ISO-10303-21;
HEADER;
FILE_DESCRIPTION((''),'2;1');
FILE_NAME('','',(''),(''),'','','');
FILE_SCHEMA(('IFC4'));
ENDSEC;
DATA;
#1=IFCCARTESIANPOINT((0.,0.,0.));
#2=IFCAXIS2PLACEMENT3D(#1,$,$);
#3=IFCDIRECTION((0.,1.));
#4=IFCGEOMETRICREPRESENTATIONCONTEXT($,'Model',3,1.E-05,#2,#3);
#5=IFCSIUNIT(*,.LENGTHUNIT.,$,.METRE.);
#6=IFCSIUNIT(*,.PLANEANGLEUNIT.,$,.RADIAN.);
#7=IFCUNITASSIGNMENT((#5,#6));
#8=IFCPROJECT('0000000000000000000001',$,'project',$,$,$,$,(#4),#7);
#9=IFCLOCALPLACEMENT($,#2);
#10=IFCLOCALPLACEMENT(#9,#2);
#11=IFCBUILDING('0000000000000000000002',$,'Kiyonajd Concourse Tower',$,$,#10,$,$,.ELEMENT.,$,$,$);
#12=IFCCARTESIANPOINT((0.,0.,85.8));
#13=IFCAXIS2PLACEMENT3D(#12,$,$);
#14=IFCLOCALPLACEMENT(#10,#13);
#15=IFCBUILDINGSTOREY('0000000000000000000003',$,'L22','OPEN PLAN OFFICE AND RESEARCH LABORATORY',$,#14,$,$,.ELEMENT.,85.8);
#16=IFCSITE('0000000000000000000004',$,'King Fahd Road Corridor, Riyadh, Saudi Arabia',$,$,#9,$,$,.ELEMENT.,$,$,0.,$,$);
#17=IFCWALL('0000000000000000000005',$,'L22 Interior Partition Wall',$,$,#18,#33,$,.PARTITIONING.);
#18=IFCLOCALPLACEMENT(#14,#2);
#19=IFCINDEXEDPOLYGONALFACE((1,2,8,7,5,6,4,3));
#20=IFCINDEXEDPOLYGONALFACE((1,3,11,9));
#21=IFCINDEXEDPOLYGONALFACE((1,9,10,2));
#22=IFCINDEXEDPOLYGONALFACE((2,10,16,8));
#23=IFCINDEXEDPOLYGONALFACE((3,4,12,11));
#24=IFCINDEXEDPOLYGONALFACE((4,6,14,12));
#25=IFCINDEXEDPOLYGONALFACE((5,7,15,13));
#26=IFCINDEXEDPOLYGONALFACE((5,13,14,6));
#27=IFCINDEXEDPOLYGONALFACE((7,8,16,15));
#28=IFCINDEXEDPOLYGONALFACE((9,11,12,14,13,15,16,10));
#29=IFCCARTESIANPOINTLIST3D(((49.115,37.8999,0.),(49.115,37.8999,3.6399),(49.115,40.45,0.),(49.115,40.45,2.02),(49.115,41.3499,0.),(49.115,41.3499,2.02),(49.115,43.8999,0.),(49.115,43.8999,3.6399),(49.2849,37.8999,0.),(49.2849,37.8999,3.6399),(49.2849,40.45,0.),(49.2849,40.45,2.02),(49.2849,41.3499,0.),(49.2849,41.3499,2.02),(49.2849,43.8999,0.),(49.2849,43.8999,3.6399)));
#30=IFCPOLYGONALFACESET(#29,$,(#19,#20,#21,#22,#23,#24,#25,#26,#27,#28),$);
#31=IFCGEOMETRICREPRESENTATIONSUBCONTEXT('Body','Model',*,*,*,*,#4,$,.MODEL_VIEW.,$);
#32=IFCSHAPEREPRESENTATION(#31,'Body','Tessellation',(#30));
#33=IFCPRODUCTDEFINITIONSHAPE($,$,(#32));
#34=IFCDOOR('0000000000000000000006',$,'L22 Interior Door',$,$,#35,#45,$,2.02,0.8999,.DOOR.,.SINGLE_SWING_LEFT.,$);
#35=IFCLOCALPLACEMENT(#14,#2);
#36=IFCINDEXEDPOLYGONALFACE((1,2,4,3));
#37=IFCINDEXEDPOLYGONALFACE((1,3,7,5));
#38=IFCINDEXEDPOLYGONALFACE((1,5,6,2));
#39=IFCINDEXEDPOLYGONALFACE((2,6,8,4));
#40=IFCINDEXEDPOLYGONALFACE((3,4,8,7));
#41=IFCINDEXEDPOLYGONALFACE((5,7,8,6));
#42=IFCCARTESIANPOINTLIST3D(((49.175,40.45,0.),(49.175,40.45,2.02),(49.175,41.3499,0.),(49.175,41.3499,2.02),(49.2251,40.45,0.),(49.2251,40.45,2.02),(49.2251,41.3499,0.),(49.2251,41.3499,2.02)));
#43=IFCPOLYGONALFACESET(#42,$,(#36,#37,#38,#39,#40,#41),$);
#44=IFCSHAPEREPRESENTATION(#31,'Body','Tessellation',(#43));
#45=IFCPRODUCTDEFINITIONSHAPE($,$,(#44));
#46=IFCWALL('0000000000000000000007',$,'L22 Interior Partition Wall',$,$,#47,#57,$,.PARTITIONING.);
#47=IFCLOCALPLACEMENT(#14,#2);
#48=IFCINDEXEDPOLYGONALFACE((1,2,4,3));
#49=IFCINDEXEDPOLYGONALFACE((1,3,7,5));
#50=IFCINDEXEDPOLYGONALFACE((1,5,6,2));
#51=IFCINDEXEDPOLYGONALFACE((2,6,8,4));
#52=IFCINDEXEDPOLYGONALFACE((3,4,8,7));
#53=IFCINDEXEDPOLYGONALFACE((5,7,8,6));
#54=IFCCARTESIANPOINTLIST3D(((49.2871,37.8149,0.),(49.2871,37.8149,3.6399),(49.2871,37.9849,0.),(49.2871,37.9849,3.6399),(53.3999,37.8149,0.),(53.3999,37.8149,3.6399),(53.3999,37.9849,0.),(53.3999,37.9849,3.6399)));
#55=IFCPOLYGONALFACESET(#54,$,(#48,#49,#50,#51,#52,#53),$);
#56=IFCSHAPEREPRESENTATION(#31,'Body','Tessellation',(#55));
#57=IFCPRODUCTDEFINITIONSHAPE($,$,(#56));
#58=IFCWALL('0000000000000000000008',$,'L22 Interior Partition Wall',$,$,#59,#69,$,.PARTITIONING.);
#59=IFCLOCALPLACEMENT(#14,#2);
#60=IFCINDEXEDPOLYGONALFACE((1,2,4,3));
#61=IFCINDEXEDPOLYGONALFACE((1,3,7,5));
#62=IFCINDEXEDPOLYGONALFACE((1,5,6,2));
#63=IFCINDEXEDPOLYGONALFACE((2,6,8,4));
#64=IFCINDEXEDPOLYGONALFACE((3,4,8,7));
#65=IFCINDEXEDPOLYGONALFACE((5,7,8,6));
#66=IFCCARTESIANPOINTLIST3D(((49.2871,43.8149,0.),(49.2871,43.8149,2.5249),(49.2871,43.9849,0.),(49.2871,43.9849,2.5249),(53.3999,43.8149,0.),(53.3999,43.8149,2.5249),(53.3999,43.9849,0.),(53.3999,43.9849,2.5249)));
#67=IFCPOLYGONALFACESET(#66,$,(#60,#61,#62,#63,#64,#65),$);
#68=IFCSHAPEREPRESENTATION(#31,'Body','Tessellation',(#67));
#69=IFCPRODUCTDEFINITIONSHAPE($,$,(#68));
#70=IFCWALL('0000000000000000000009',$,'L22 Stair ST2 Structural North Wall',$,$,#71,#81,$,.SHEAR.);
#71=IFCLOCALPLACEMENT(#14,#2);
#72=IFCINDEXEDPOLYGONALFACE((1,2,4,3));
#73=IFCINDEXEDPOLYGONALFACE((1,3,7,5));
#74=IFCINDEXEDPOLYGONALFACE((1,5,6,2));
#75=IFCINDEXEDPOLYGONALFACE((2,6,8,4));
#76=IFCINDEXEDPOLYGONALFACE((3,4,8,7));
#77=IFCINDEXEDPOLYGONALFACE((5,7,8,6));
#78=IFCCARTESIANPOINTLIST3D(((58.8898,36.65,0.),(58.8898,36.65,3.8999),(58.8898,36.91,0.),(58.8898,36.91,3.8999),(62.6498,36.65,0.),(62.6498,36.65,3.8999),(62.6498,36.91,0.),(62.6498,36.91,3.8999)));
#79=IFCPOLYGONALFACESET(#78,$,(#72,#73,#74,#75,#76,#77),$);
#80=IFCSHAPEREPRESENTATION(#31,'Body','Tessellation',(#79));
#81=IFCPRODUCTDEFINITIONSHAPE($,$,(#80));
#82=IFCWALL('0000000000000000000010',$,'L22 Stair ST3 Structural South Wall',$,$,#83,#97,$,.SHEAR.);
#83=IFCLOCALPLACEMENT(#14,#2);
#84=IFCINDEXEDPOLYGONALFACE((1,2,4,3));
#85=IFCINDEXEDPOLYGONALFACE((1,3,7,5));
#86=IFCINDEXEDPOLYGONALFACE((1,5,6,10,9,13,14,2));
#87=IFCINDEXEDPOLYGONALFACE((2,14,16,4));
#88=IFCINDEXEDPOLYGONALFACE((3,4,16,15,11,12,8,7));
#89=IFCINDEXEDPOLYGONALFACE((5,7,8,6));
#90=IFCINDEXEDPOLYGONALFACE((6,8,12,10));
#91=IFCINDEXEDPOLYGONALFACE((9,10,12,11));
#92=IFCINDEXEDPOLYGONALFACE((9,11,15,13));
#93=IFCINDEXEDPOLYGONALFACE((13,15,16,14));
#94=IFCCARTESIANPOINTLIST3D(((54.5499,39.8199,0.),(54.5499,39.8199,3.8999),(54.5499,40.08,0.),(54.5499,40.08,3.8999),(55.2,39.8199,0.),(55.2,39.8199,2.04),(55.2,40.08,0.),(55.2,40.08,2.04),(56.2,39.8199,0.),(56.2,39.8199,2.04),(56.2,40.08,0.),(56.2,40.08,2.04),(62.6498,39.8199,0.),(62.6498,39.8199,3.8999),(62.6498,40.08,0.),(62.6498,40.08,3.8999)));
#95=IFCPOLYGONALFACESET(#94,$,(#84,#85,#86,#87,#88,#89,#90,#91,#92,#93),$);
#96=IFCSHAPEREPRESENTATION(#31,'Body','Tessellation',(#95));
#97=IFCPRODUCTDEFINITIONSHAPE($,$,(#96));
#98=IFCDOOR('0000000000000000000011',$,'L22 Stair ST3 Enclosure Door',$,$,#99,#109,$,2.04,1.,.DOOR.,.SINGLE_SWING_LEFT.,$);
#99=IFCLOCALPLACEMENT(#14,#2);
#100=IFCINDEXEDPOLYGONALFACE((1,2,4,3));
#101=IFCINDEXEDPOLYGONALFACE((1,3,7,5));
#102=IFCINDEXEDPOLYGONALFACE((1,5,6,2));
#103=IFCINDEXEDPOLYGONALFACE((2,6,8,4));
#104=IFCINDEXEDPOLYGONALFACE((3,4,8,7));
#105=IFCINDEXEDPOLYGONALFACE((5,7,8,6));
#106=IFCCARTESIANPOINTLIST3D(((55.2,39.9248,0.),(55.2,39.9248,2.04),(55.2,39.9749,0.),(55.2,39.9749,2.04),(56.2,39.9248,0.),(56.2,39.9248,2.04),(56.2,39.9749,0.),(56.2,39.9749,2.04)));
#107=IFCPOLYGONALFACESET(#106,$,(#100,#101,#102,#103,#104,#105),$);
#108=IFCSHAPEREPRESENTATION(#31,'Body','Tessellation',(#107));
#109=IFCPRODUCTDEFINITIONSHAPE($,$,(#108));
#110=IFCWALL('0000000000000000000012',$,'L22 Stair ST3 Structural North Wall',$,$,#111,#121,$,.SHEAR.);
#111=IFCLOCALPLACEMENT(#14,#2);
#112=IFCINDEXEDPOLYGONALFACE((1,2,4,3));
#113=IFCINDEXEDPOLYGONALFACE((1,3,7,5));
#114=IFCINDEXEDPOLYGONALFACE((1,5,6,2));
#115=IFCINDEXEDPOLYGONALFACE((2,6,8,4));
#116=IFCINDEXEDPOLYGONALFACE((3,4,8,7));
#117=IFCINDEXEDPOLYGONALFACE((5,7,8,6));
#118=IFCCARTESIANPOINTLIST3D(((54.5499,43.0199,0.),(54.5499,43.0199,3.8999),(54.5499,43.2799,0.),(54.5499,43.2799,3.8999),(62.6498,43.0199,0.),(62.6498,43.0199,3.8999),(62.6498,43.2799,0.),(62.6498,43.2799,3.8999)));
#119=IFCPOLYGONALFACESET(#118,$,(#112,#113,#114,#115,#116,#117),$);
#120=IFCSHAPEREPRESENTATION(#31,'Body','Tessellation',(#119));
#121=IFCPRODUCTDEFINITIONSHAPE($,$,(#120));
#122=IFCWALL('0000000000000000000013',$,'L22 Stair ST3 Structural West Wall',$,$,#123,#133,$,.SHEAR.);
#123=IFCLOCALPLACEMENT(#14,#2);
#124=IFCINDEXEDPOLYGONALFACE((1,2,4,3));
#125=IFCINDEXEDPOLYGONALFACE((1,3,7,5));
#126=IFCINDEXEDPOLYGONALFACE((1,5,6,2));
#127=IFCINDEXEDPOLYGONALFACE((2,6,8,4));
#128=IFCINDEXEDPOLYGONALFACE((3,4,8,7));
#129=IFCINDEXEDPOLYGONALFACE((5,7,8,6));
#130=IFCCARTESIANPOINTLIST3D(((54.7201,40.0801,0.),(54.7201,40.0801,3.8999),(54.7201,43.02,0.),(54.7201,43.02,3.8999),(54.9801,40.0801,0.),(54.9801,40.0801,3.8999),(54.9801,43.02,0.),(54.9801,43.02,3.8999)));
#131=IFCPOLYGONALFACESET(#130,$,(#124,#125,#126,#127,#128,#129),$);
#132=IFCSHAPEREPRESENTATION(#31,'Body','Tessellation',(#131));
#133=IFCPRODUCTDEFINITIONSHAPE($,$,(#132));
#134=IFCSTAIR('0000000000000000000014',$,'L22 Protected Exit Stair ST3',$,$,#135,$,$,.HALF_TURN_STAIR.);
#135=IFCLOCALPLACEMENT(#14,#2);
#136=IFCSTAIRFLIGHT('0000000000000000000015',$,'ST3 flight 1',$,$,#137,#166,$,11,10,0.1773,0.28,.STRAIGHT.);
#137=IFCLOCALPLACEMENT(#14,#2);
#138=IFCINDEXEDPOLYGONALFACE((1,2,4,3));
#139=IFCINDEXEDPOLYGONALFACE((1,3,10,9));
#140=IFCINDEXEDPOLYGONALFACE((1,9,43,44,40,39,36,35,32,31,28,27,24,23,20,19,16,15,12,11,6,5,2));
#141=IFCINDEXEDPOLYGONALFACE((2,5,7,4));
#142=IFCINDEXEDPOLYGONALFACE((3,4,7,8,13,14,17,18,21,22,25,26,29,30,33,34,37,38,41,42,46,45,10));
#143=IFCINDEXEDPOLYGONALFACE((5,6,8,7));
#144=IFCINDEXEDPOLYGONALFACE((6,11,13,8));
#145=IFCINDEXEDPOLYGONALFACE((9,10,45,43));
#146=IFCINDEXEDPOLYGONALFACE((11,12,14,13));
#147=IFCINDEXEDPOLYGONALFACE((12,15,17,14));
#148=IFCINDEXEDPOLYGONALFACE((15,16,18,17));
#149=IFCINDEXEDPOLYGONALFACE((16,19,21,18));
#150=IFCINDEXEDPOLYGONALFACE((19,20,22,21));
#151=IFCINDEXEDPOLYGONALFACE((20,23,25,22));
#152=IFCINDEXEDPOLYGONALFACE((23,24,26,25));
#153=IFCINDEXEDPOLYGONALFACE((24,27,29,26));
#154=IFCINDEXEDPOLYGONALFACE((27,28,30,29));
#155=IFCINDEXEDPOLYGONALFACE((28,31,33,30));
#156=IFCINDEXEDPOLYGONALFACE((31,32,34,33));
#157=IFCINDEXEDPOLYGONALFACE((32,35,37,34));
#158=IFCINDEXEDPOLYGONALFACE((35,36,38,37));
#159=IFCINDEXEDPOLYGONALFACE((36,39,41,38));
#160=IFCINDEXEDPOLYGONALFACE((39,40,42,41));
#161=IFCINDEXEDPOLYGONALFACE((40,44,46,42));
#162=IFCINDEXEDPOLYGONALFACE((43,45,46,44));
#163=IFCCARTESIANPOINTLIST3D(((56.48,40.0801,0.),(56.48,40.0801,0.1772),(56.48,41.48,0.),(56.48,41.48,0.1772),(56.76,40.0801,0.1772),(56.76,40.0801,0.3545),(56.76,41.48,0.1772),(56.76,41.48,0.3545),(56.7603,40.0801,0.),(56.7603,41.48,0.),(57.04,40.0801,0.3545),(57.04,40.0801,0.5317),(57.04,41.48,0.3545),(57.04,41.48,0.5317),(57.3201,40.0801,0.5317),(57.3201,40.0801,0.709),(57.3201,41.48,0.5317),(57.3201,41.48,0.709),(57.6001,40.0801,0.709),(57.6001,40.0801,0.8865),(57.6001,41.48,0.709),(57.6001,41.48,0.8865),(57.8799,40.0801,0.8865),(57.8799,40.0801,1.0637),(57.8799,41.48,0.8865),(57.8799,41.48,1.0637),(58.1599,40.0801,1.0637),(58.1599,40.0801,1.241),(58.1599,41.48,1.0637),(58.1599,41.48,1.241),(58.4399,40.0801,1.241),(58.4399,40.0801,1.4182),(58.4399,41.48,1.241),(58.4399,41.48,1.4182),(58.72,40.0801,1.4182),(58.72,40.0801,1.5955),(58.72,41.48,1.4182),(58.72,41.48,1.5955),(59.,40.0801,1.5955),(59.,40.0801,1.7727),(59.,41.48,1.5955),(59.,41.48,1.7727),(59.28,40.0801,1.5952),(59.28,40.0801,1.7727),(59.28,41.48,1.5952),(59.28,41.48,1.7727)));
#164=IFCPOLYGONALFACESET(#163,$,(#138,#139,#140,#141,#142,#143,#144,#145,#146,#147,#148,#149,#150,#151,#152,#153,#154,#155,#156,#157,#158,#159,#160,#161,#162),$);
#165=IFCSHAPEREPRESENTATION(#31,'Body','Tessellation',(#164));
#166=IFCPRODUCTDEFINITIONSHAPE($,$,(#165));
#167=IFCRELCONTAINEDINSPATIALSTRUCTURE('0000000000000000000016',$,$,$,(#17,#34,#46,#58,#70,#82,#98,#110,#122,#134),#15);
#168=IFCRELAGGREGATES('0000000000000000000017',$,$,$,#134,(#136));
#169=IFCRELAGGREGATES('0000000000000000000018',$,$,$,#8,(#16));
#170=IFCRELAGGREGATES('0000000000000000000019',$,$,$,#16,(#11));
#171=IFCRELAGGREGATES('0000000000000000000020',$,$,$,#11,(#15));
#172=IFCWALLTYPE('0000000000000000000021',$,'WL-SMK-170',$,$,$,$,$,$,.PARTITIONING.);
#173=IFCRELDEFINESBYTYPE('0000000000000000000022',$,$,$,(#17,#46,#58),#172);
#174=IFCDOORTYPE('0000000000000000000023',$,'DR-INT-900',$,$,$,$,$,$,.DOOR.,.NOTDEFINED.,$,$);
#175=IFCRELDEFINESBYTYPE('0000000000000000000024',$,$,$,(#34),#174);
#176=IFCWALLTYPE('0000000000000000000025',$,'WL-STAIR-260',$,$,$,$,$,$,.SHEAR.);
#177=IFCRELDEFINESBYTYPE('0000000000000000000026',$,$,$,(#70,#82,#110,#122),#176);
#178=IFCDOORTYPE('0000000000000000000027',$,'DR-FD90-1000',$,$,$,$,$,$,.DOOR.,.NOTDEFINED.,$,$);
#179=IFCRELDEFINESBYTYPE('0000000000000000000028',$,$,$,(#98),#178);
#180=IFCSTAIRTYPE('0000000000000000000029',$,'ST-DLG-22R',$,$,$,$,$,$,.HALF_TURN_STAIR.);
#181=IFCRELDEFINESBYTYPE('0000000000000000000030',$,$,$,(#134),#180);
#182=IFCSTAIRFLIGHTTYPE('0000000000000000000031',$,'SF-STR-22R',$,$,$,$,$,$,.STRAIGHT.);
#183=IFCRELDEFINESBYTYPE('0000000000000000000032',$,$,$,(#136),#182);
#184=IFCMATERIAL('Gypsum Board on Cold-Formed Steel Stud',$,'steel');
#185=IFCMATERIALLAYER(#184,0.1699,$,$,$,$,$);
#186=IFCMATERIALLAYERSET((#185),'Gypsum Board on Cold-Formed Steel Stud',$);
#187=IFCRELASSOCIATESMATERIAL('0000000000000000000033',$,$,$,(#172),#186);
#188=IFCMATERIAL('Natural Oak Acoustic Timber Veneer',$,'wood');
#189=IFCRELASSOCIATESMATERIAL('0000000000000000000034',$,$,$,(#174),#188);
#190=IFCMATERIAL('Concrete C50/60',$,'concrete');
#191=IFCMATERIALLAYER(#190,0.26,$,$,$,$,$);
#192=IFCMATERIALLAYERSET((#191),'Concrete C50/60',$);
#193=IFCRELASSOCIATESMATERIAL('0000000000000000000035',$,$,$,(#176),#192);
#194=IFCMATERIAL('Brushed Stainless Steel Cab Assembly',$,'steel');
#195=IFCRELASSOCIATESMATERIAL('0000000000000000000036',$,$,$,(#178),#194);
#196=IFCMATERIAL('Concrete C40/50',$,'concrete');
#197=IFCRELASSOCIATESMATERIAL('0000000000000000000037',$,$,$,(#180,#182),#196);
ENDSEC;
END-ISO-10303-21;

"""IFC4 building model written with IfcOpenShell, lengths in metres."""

from ifc_helpers import new_model, si_unit, direction, frame, frame_2d, origin, place, context, subcontext, project, spatial, polyline, rectangle, outline, extrude, material, layer, layer_set, type_object, element, fill, aggregate, save


model = new_model("IFC4")

# Units and contexts
model_context = context("Model", 3, precision=1e-05, world=origin(), true_north=direction((0.0, 1.0)))
body_context = subcontext(model_context, "Body", "Model", "MODEL_VIEW")
ifc_project = project(units=[si_unit("LENGTHUNIT", "METRE"), si_unit("PLANEANGLEUNIT", "RADIAN")], contexts=[model_context])

# Site, building, storey
site_placement = place(None, origin())
site = spatial("IfcSite", under=ifc_project, at=site_placement, Name="King Fahd Road Corridor, Riyadh, Saudi Arabia", CompositionType="ELEMENT", RefElevation=0.0)
building_placement = place(site_placement, origin())
building = spatial("IfcBuilding", under=site, at=building_placement, Name="Kiyonajd Concourse Tower", CompositionType="ELEMENT")
storey_placement = place(building_placement, frame((0.0, 0.0, 85.8)))
storey = spatial("IfcBuildingStorey", under=building, at=storey_placement, Name="L22", Description="OPEN PLAN OFFICE AND RESEARCH LABORATORY", CompositionType="ELEMENT", Elevation=85.8)

# Shared definitions
ifc_material_1 = material(Name="Concrete C50/60", Category="concrete")

# Shared definitions
ifc_material_2 = material(Name="Gypsum Board on Cold-Formed Steel Stud", Category="steel")
ifc_layer_1 = layer(ifc_material_2, 0.1699)
ifc_layer_set_1 = layer_set([ifc_layer_1], Name="Gypsum Board on Cold-Formed Steel Stud")
wall_type_1 = type_object("IfcWallType", Name="WL-SMK-170", PredefinedType="PARTITIONING", material=ifc_layer_set_1)

# Shared definitions
ifc_material_3 = material(Name="Brushed Stainless Steel Cab Assembly", Category="steel")

# Wall, opening, door
wall_1_placement = place(storey_placement, frame((49.2, 37.8999, 0.0), z_axis=(0.0, 0.0, 1.0), x_axis=(0.0, 1.0, 0.0)))
wall_1 = element("IfcWall", 1, at=wall_1_placement, inside=storey, type_object=wall_type_1, Name="L22 Interior Partition Wall", PredefinedType="PARTITIONING", context=body_context, shape_type="SweptSolid", body=[
    extrude(rectangle(XDim=6.0, YDim=0.1699, at=frame_2d((3.0, 0.0))), origin(), (0.0, 0.0, 1.0), 3.6399),
])
opening_1_placement = place(wall_1_placement, frame((2.55, 0.0, 0.0)))
opening_1 = element("IfcOpeningElement", 2, at=opening_1_placement, cuts=wall_1, PredefinedType="OPENING", context=body_context, shape_type="SweptSolid", body=[
    extrude(rectangle(XDim=0.8999, YDim=2.02, at=frame_2d((0.45, 1.01))), frame((0.0, 0.095, 0.0), z_axis=(0.0, -1.0, 0.0), x_axis=(1.0, 0.0, 0.0)), (0.0, 0.0, 1.0), 0.1899),
])
ifc_material_4 = material(Name="Natural Oak Acoustic Timber Veneer", Category="wood")
door_type_1 = type_object("IfcDoorType", Name="DR-INT-900", OperationType="NOTDEFINED", PredefinedType="DOOR", material=ifc_material_4)
door_1_placement = place(opening_1_placement, origin())
door_1 = element("IfcDoor", 3, at=door_1_placement, inside=storey, type_object=door_type_1, Name="L22 Interior Door", OperationType="SINGLE_SWING_LEFT", OverallHeight=2.02, OverallWidth=0.8999, PredefinedType="DOOR", context=body_context, shape_type="SweptSolid", body=[
    extrude(rectangle(XDim=0.8999, YDim=2.02, at=frame_2d((0.45, 1.01))), frame((0.0, 0.0249, 0.0), z_axis=(0.0, -1.0, 0.0), x_axis=(1.0, 0.0, 0.0)), (0.0, 0.0, 1.0), 0.05),
])
fill(opening_1, door_1)

# Walls
wall_2_placement = place(storey_placement, frame((49.2871, 37.8999, 0.0), z_axis=(0.0, 0.0, 1.0), x_axis=(1.0, 0.0, 0.0)))
element("IfcWall", 4, at=wall_2_placement, inside=storey, type_object=wall_type_1, Name="L22 Interior Partition Wall", PredefinedType="PARTITIONING", context=body_context, shape_type="SweptSolid", body=[
    extrude(rectangle(XDim=4.1128, YDim=0.1699, at=frame_2d((2.0564, 0.0))), origin(), (0.0, 0.0, 1.0), 3.6399),
])
wall_3_placement = place(storey_placement, frame((49.2871, 43.8999, 0.0), z_axis=(0.0, 0.0, 1.0), x_axis=(1.0, 0.0, 0.0)))
element("IfcWall", 5, at=wall_3_placement, inside=storey, type_object=wall_type_1, Name="L22 Interior Partition Wall", PredefinedType="PARTITIONING", context=body_context, shape_type="SweptSolid", body=[
    extrude(rectangle(XDim=4.1128, YDim=0.1699, at=frame_2d((2.0564, 0.0))), origin(), (0.0, 0.0, 1.0), 2.5249),
])
ifc_layer_2 = layer(ifc_material_1, 0.26)
ifc_layer_set_2 = layer_set([ifc_layer_2], Name="Concrete C50/60")
wall_type_2 = type_object("IfcWallType", Name="WL-STAIR-260", PredefinedType="SHEAR", material=ifc_layer_set_2)
wall_4_placement = place(storey_placement, frame((58.8899, 36.78, 0.0), z_axis=(0.0, 0.0, 1.0), x_axis=(1.0, 0.0, 0.0)))
element("IfcWall", 6, at=wall_4_placement, inside=storey, type_object=wall_type_2, Name="L22 Stair ST2 Structural North Wall", PredefinedType="SHEAR", context=body_context, shape_type="SweptSolid", body=[
    extrude(rectangle(XDim=3.76, YDim=0.26, at=frame_2d((1.8799, 0.0))), origin(), (0.0, 0.0, 1.0), 3.8999),
])

# Wall, opening, door
wall_5_placement = place(storey_placement, frame((54.55, 39.95, 0.0), z_axis=(0.0, 0.0, 1.0), x_axis=(1.0, 0.0, 0.0)))
wall_5 = element("IfcWall", 7, at=wall_5_placement, inside=storey, type_object=wall_type_2, Name="L22 Stair ST3 Structural South Wall", PredefinedType="SHEAR", context=body_context, shape_type="SweptSolid", body=[
    extrude(rectangle(XDim=8.0999, YDim=0.26, at=frame_2d((4.0498, 0.0))), origin(), (0.0, 0.0, 1.0), 3.8999),
])
opening_2_placement = place(wall_5_placement, frame((0.6499, 0.0, 0.0)))
opening_2 = element("IfcOpeningElement", 8, at=opening_2_placement, cuts=wall_5, PredefinedType="OPENING", context=body_context, shape_type="SweptSolid", body=[
    extrude(rectangle(XDim=1.0, YDim=2.04, at=frame_2d((0.5, 1.02))), frame((0.0, 0.1399, 0.0), z_axis=(0.0, -1.0, 0.0), x_axis=(1.0, 0.0, 0.0)), (0.0, 0.0, 1.0), 0.28),
])
door_type_2 = type_object("IfcDoorType", Name="DR-FD90-1000", OperationType="NOTDEFINED", PredefinedType="DOOR", material=ifc_material_3)
door_2_placement = place(opening_2_placement, origin())
door_2 = element("IfcDoor", 9, at=door_2_placement, inside=storey, type_object=door_type_2, Name="L22 Stair ST3 Enclosure Door", OperationType="SINGLE_SWING_LEFT", OverallHeight=2.04, OverallWidth=1.0, PredefinedType="DOOR", context=body_context, shape_type="SweptSolid", body=[
    extrude(rectangle(XDim=1.0, YDim=2.04, at=frame_2d((0.5, 1.02))), frame((0.0, 0.0249, 0.0), z_axis=(0.0, -1.0, 0.0), x_axis=(1.0, 0.0, 0.0)), (0.0, 0.0, 1.0), 0.05),
])
fill(opening_2, door_2)

# Walls
wall_6_placement = place(storey_placement, frame((54.55, 43.1499, 0.0), z_axis=(0.0, 0.0, 1.0), x_axis=(1.0, 0.0, 0.0)))
element("IfcWall", 10, at=wall_6_placement, inside=storey, type_object=wall_type_2, Name="L22 Stair ST3 Structural North Wall", PredefinedType="SHEAR", context=body_context, shape_type="SweptSolid", body=[
    extrude(rectangle(XDim=8.0999, YDim=0.26, at=frame_2d((4.0498, 0.0))), origin(), (0.0, 0.0, 1.0), 3.8999),
])
wall_7_placement = place(storey_placement, frame((54.8501, 40.0801, 0.0), z_axis=(0.0, 0.0, 1.0), x_axis=(0.0, 1.0, 0.0)))
element("IfcWall", 11, at=wall_7_placement, inside=storey, type_object=wall_type_2, Name="L22 Stair ST3 Structural West Wall", PredefinedType="SHEAR", context=body_context, shape_type="SweptSolid", body=[
    extrude(rectangle(XDim=2.9399, YDim=0.26, at=frame_2d((1.47, 0.0))), origin(), (0.0, 0.0, 1.0), 3.8999),
])

# Stair, stair flight
ifc_material_5 = material(Name="Concrete C40/50", Category="concrete")
stair_type = type_object("IfcStairType", Name="ST-DLG-22R", PredefinedType="HALF_TURN_STAIR", material=ifc_material_5)
stair_placement = place(storey_placement, origin())
stair = element("IfcStair", 12, at=stair_placement, inside=storey, type_object=stair_type, Name="L22 Protected Exit Stair ST3", PredefinedType="HALF_TURN_STAIR")
stair_flight_type = type_object("IfcStairFlightType", Name="SF-STR-22R", PredefinedType="STRAIGHT", material=ifc_material_5)
stair_flight_1_placement = place(storey_placement, frame((56.48, 40.78, 0.0), z_axis=(0.0, 0.0, 1.0), x_axis=(1.0, 0.0, 0.0)))
stair_flight_1 = element("IfcStairFlight", 13, at=stair_flight_1_placement, type_object=stair_flight_type, Name="ST3 flight 1", NumberOfRisers=11, NumberOfTreads=10, PredefinedType="STRAIGHT", RiserHeight=0.1773, TreadLength=0.28, context=body_context, shape_type="SweptSolid", body=[
    extrude(outline(polyline([(0.0, 0.0), (0.0, 0.1772), (0.28, 0.1772), (0.28, 0.3545), (0.5601, 0.3545), (0.5601, 0.5317), (0.8401, 0.5317), (0.8401, 0.709), (1.1201, 0.709), (1.1201, 0.8865), (1.3999, 0.8865), (1.3999, 1.0637), (1.6799, 1.0637), (1.6799, 1.241), (1.96, 1.241), (1.96, 1.4182), (2.24, 1.4182), (2.24, 1.5955), (2.52, 1.5955), (2.52, 1.7727), (2.8, 1.7727), (2.8, 1.95), (2.8, 1.5952), (0.2803, 0.0), (0.0, 0.0)])), frame((0.0, 0.7, 0.0), z_axis=(0.0, -1.0, 0.0), x_axis=(1.0, 0.0, 0.0)), (0.0, 0.0, 1.0), 1.3999),
])
aggregate(stair, [stair_flight_1])

save(model, "model.ifc")
